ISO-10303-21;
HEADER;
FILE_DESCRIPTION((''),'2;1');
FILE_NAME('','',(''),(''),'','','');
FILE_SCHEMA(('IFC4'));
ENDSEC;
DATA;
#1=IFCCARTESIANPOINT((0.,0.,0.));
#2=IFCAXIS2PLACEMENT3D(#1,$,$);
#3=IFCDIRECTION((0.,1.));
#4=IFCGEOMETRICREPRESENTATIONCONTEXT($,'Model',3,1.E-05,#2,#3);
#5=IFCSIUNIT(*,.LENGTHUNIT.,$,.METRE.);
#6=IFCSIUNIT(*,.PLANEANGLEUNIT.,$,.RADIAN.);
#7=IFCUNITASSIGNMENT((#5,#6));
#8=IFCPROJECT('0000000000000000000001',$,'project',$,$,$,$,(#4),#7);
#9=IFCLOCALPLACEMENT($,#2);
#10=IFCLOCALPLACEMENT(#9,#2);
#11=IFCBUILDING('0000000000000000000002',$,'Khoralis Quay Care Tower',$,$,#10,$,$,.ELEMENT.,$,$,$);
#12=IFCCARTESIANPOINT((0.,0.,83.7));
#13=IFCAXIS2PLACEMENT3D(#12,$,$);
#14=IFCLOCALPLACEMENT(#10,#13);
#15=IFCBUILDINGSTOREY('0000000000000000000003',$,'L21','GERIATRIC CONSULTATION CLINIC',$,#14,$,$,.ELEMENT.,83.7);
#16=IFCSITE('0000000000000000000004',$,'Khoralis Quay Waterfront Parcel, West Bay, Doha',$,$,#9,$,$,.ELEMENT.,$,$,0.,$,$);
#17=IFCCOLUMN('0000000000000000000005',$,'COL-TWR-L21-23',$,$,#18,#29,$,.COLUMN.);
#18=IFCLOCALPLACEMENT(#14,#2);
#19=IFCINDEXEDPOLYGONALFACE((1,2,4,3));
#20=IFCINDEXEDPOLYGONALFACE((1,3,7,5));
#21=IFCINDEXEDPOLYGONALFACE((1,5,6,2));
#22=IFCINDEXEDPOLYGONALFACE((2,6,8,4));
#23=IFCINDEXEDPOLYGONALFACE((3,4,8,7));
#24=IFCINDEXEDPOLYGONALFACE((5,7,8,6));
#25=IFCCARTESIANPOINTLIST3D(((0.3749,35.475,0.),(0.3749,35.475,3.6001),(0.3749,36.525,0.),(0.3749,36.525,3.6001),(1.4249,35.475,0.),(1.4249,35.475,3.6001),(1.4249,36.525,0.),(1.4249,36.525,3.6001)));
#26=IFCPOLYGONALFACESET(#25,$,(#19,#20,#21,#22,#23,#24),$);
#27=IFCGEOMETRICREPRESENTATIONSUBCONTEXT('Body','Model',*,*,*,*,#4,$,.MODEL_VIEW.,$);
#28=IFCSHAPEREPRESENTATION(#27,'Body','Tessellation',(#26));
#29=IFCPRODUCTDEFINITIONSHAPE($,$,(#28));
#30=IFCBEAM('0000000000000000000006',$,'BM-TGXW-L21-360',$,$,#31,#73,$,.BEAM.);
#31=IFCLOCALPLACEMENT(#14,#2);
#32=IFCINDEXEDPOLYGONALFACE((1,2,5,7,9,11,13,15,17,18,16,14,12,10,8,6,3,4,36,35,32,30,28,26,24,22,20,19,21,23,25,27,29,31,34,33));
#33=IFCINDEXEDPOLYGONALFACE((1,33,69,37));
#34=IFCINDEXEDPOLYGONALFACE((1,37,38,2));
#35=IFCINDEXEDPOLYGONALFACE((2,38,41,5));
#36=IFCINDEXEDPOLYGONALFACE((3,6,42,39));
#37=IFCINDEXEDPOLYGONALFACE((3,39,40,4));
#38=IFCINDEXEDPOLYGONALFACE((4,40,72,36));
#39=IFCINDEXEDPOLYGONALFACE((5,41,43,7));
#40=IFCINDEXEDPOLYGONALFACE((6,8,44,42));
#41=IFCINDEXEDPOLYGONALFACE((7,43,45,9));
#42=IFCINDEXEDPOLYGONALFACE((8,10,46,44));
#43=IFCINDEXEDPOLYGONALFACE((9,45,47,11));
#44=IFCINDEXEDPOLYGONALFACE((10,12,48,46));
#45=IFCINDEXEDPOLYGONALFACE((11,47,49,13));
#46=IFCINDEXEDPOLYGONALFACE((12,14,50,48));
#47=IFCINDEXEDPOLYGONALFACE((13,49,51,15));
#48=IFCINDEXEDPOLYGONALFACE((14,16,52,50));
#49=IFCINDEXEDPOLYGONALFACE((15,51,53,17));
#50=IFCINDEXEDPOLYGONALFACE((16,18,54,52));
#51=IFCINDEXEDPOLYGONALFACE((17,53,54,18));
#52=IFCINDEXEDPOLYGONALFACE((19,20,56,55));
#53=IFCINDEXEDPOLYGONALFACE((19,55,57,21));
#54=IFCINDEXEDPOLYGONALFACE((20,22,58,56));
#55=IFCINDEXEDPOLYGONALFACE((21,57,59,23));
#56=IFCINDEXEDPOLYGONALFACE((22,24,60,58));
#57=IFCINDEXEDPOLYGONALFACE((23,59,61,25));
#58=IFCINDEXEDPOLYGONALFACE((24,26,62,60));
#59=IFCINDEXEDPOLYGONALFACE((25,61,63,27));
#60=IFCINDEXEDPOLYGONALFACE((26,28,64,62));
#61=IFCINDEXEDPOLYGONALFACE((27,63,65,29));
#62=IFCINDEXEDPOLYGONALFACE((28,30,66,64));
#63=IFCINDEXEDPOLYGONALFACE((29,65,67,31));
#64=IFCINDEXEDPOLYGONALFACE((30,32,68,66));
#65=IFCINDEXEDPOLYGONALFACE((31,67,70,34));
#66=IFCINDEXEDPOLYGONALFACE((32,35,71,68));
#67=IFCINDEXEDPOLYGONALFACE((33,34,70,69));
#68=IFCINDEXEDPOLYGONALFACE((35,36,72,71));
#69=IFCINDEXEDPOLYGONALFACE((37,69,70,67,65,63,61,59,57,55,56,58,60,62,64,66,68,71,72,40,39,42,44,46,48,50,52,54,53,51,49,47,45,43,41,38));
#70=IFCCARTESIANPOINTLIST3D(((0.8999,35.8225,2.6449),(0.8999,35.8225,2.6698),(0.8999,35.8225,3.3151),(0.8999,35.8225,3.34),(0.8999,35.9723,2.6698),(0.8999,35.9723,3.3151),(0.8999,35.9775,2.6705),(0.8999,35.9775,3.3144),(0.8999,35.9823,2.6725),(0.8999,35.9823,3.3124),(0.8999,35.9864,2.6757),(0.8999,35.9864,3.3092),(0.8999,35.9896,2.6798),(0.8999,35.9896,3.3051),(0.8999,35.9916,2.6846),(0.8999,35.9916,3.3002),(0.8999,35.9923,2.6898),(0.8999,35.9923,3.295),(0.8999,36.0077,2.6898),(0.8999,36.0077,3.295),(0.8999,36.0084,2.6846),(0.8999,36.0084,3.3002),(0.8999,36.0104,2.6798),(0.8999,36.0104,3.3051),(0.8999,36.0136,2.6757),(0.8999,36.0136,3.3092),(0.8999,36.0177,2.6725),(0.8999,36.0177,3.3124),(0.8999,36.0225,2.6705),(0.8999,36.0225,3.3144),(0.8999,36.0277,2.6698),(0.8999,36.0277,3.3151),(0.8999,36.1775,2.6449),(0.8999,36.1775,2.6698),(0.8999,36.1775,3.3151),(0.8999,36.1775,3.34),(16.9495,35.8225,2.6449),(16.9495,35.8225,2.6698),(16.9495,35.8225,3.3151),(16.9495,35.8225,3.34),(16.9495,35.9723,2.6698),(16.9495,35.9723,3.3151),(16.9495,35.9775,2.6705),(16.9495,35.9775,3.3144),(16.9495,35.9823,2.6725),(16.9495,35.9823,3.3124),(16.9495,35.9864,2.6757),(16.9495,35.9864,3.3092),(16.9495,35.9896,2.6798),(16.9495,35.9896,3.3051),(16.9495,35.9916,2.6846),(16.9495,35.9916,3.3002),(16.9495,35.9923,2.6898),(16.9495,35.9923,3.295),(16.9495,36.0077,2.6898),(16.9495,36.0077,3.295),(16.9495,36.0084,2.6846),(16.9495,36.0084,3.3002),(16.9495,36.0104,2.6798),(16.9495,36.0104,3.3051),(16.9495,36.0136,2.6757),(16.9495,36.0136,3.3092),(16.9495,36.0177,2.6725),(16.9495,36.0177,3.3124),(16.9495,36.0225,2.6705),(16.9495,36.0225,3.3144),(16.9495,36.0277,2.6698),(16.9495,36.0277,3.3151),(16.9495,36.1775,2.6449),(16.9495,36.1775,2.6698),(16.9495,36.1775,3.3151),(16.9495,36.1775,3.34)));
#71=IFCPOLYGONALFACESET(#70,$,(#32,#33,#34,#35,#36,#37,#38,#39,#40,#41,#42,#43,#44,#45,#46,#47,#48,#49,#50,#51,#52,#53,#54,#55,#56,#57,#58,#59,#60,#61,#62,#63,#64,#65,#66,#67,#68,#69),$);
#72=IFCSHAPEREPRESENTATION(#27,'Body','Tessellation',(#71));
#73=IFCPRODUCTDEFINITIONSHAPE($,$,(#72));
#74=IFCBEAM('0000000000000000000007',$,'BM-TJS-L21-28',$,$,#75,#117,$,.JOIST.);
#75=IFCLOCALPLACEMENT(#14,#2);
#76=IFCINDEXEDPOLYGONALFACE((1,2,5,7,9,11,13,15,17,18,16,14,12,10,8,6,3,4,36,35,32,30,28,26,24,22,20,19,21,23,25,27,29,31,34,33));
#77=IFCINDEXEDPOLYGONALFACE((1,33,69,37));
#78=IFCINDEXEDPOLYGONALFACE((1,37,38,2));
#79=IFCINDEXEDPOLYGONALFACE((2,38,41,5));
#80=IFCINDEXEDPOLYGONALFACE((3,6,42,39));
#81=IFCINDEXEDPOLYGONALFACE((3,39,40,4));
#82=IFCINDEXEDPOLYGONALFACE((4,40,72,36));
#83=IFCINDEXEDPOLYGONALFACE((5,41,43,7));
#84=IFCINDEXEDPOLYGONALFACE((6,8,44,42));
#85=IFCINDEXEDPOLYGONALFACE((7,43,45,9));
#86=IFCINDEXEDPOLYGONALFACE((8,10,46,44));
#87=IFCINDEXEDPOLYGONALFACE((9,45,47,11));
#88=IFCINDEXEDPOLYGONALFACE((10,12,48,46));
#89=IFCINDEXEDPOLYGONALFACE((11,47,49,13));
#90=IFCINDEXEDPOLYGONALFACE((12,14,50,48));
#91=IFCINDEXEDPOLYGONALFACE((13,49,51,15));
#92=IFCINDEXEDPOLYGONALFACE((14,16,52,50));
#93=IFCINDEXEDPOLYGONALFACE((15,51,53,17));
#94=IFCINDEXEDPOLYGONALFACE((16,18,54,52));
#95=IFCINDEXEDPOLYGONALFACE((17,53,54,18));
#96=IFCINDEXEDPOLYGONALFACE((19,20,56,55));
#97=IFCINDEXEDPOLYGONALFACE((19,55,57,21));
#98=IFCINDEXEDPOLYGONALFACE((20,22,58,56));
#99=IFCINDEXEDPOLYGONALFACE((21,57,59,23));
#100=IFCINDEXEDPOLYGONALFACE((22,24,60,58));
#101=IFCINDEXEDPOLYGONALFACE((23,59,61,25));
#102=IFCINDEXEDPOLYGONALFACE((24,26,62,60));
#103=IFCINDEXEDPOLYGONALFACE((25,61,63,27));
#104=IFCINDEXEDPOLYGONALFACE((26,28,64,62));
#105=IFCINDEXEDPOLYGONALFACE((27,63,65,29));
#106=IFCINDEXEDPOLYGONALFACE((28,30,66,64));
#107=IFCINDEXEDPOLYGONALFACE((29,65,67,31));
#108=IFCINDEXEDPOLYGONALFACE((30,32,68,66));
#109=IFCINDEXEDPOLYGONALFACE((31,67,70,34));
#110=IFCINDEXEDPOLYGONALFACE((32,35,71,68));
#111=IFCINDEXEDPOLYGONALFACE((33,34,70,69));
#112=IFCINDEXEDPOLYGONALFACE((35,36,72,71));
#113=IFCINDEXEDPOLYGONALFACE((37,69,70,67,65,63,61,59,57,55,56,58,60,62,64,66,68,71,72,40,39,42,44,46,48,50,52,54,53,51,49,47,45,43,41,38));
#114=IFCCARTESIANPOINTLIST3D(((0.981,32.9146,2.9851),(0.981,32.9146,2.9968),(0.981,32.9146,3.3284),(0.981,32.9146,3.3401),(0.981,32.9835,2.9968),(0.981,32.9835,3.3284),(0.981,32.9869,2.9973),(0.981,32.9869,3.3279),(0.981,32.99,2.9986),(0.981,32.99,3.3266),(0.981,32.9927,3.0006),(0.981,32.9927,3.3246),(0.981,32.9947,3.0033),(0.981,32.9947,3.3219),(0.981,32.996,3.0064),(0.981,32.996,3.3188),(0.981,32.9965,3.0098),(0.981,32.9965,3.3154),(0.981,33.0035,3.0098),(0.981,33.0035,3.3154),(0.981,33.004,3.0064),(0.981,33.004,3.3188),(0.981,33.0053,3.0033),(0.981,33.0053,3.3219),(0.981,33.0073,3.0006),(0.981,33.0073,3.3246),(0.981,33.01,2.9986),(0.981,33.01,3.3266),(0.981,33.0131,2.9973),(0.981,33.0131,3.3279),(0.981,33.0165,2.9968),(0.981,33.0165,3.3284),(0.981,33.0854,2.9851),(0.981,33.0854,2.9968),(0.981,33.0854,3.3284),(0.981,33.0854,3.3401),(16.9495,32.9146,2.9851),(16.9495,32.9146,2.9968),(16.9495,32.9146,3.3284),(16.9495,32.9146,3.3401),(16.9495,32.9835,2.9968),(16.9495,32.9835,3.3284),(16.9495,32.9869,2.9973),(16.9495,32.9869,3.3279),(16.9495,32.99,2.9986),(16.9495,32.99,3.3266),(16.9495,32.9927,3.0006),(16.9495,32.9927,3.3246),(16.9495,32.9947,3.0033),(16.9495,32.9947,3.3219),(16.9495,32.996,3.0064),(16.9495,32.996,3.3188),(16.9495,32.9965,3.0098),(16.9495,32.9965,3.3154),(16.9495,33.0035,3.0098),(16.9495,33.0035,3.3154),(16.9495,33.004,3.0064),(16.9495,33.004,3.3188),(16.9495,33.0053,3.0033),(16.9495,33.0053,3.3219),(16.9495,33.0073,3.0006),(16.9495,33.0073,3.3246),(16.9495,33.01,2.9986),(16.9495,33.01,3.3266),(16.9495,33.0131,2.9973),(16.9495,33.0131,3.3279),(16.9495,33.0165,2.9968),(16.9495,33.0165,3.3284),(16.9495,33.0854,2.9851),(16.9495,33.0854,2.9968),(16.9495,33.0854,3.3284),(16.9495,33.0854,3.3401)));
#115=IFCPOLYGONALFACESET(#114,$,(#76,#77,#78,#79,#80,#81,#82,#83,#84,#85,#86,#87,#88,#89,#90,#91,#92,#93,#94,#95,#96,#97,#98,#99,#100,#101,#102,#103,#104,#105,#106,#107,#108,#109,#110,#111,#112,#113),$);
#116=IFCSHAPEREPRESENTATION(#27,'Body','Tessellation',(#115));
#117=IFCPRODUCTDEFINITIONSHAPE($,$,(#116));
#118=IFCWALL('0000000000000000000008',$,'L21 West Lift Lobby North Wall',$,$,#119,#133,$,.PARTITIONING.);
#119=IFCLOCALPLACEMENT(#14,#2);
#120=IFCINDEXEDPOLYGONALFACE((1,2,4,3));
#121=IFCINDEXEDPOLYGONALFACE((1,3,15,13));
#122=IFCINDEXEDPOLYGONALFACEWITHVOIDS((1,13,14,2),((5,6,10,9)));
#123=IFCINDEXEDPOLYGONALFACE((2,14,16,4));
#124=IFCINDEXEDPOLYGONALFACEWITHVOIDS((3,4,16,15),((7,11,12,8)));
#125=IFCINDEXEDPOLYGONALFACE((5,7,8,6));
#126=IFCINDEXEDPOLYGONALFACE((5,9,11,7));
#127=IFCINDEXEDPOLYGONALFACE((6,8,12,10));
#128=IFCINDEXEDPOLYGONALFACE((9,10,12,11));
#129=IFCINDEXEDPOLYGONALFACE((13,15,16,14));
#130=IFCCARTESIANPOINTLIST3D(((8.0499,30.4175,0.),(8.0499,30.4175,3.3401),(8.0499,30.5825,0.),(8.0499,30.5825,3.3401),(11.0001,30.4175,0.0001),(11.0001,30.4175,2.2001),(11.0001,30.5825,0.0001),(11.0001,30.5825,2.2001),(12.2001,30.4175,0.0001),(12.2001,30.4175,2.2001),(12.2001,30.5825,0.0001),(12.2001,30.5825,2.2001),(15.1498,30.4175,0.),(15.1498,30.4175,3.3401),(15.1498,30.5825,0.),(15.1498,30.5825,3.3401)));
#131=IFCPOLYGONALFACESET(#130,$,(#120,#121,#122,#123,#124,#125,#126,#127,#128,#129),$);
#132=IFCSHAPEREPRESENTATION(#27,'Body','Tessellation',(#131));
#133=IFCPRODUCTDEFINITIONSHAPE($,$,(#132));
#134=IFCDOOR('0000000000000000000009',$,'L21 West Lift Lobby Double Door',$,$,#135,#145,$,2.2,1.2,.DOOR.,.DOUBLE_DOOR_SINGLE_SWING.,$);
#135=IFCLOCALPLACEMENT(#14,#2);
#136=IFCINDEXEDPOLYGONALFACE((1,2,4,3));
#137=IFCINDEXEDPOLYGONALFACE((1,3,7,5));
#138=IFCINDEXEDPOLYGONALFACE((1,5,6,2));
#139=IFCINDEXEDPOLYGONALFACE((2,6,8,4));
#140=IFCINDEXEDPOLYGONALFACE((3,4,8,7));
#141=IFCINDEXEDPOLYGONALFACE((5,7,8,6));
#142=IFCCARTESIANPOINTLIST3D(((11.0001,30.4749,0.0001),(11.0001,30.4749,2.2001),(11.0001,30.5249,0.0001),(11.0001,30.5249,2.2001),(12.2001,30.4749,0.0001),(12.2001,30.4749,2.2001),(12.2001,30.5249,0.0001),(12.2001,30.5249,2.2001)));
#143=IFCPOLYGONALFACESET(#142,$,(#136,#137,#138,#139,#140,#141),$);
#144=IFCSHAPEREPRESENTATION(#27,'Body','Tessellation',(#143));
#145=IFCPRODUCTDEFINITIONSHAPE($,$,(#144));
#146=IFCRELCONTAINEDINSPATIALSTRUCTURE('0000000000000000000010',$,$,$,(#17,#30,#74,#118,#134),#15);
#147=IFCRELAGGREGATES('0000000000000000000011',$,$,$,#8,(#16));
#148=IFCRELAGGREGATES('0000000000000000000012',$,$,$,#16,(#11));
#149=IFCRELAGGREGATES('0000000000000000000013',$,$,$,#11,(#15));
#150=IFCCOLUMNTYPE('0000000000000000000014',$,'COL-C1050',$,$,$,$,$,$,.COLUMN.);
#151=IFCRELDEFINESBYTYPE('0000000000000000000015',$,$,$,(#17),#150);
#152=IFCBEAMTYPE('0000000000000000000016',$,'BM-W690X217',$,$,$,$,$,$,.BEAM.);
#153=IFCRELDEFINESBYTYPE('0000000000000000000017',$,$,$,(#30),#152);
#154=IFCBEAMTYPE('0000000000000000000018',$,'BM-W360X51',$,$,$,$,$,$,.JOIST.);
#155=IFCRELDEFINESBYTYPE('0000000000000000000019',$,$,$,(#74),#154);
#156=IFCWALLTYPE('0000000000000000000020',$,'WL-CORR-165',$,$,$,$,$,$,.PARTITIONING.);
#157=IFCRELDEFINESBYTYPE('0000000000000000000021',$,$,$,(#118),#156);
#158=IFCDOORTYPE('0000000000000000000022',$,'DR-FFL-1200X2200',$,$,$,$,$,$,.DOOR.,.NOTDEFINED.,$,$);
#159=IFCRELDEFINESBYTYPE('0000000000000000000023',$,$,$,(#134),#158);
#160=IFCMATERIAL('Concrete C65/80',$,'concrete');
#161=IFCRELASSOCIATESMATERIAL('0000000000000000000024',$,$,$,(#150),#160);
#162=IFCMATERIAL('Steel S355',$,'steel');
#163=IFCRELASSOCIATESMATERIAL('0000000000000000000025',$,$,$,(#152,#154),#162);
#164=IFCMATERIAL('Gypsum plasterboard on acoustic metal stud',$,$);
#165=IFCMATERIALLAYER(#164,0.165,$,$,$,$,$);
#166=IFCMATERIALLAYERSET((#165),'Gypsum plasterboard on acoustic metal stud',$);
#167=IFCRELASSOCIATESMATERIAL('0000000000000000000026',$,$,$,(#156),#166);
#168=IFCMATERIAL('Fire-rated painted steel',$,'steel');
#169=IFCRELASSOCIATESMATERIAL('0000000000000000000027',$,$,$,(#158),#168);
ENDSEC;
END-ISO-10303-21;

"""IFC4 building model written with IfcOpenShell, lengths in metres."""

from ifc_helpers import new_model, si_unit, direction, frame, frame_2d, origin, origin_2d, place, context, subcontext, project, spatial, rectangle, i_section, extrude, source, transform, mapped, material, layer, layer_set, material_profile, profile_set, type_object, element, fill, save


model = new_model("IFC4")

# Units and contexts
model_context = context("Model", 3, precision=1e-05, world=origin(), true_north=direction((0.0, 1.0)))
body_context = subcontext(model_context, "Body", "Model", "MODEL_VIEW")
ifc_project = project(units=[si_unit("LENGTHUNIT", "METRE"), si_unit("PLANEANGLEUNIT", "RADIAN")], contexts=[model_context])

# Site, building, storey
site_placement = place(None, origin())
site = spatial("IfcSite", under=ifc_project, at=site_placement, Name="Khoralis Quay Waterfront Parcel, West Bay, Doha", CompositionType="ELEMENT", RefElevation=0.0)
building_placement = place(site_placement, origin())
building = spatial("IfcBuilding", under=site, at=building_placement, Name="Khoralis Quay Care Tower", CompositionType="ELEMENT")
storey_placement = place(building_placement, frame((0.0, 0.0, 83.7)))
storey = spatial("IfcBuildingStorey", under=building, at=storey_placement, Name="L21", Description="GERIATRIC CONSULTATION CLINIC", CompositionType="ELEMENT", Elevation=83.7)

# Column
ifc_material_1 = material(Name="Concrete C65/80", Category="concrete")
ifc_material_profile_1 = material_profile(ifc_material_1, rectangle(XDim=1.05, YDim=1.05, at=origin_2d()), Name="Concrete C65/80")
ifc_profile_set_1 = profile_set([ifc_material_profile_1], Name="Concrete C65/80")
column_type = type_object("IfcColumnType", Name="COL-C1050", PredefinedType="COLUMN", material=ifc_profile_set_1)
shared_shape_1 = source(origin(), body_context, "Body", "SweptSolid", [
    extrude(rectangle(XDim=1.05, YDim=1.05, at=origin_2d()), origin(), (0.0, 0.0, 1.0), 3.6001),
])
column_placement = place(storey_placement, frame((0.8999, 36.0, 0.0), z_axis=(0.0, 0.0, 1.0), x_axis=(1.0, 0.0, 0.0)))
element("IfcColumn", 1, at=column_placement, inside=storey, type_object=column_type, Name="COL-TWR-L21-23", PredefinedType="COLUMN", context=body_context, shape_type="MappedRepresentation", body=[
    mapped(shared_shape_1, transform((0.0, 0.0, 0.0), scale=1.0)),
])

# Beams
ifc_material_2 = material(Name="Steel S355", Category="steel")
ifc_material_profile_2 = material_profile(ifc_material_2, i_section(OverallWidth=0.355, OverallDepth=0.6951, WebThickness=0.0154, FlangeThickness=0.0249, FilletRadius=0.02, at=origin_2d()), Name="Steel S355")
ifc_profile_set_2 = profile_set([ifc_material_profile_2], Name="Steel S355")
beam_type_1 = type_object("IfcBeamType", Name="BM-W690X217", PredefinedType="BEAM", material=ifc_profile_set_2)
shared_shape_2 = source(origin(), body_context, "Body", "SweptSolid", [
    extrude(i_section(OverallWidth=0.355, OverallDepth=0.6951, WebThickness=0.0154, FlangeThickness=0.0249, FilletRadius=0.02, at=origin_2d()), origin(), (0.0, 0.0, 1.0), 16.0496),
])
beam_1_placement = place(storey_placement, frame((0.8999, 36.0, 2.9924), z_axis=(1.0, 0.0, 0.0), x_axis=(0.0, 1.0, 0.0)))
element("IfcBeam", 2, at=beam_1_placement, inside=storey, type_object=beam_type_1, Name="BM-TGXW-L21-360", PredefinedType="BEAM", context=body_context, shape_type="MappedRepresentation", body=[
    mapped(shared_shape_2, transform((0.0, 0.0, 0.0), scale=1.0)),
])
ifc_material_profile_3 = material_profile(ifc_material_2, i_section(OverallWidth=0.1709, OverallDepth=0.355, WebThickness=0.0071, FlangeThickness=0.0117, FilletRadius=0.0129, at=origin_2d()), Name="Steel S355")
ifc_profile_set_3 = profile_set([ifc_material_profile_3], Name="Steel S355")
beam_type_2 = type_object("IfcBeamType", Name="BM-W360X51", PredefinedType="JOIST", material=ifc_profile_set_3)
shared_shape_3 = source(origin(), body_context, "Body", "SweptSolid", [
    extrude(i_section(OverallWidth=0.1709, OverallDepth=0.355, WebThickness=0.0071, FlangeThickness=0.0117, FilletRadius=0.0129, at=origin_2d()), origin(), (0.0, 0.0, 1.0), 15.9685),
])
beam_2_placement = place(storey_placement, frame((0.981, 33.0, 3.1626), z_axis=(1.0, 0.0, 0.0), x_axis=(0.0, 1.0, 0.0)))
element("IfcBeam", 3, at=beam_2_placement, inside=storey, type_object=beam_type_2, Name="BM-TJS-L21-28", PredefinedType="JOIST", context=body_context, shape_type="MappedRepresentation", body=[
    mapped(shared_shape_3, transform((0.0, 0.0, 0.0), scale=1.0)),
])

# Wall, opening, door
ifc_material_3 = material(Name="Gypsum plasterboard on acoustic metal stud")
ifc_layer_1 = layer(ifc_material_3, 0.165)
ifc_layer_set_1 = layer_set([ifc_layer_1], Name="Gypsum plasterboard on acoustic metal stud")
wall_type_1 = type_object("IfcWallType", Name="WL-CORR-165", PredefinedType="PARTITIONING", material=ifc_layer_set_1)
wall_1_placement = place(storey_placement, frame((8.05, 30.5, 0.0), z_axis=(0.0, 0.0, 1.0), x_axis=(1.0, 0.0, 0.0)))
wall_1 = element("IfcWall", 4, at=wall_1_placement, inside=storey, type_object=wall_type_1, Name="L21 West Lift Lobby North Wall", PredefinedType="PARTITIONING", context=body_context, shape_type="SweptSolid", body=[
    extrude(rectangle(XDim=7.0999, YDim=0.165, at=frame_2d((3.5498, 0.0))), origin(), (0.0, 0.0, 1.0), 3.3401),
])
opening_1_placement = place(wall_1_placement, frame((2.95, 0.0, 0.0)))
opening_1 = element("IfcOpeningElement", 5, at=opening_1_placement, cuts=wall_1, PredefinedType="OPENING", context=body_context, shape_type="SweptSolid", body=[
    extrude(rectangle(XDim=1.2, YDim=2.2, at=frame_2d((0.6001, 1.1001))), frame((0.0, 0.0925, 0.0), z_axis=(0.0, -1.0, 0.0), x_axis=(1.0, 0.0, 0.0)), (0.0, 0.0, 1.0), 0.1851),
])
ifc_material_4 = material(Name="Fire-rated painted steel", Category="steel")
door_type_1 = type_object("IfcDoorType", Name="DR-FFL-1200X2200", OperationType="NOTDEFINED", PredefinedType="DOOR", material=ifc_material_4)
shared_shape_4 = source(origin(), body_context, "Body", "SweptSolid", [
    extrude(rectangle(XDim=1.2, YDim=2.2, at=frame_2d((0.6001, 1.1001))), frame((0.0, 0.0249, 0.0), z_axis=(0.0, -1.0, 0.0), x_axis=(1.0, 0.0, 0.0)), (0.0, 0.0, 1.0), 0.05),
])
door_1_placement = place(opening_1_placement, origin())
door_1 = element("IfcDoor", 6, at=door_1_placement, inside=storey, type_object=door_type_1, Name="L21 West Lift Lobby Double Door", OperationType="DOUBLE_DOOR_SINGLE_SWING", OverallHeight=2.2, OverallWidth=1.2, PredefinedType="DOOR", context=body_context, shape_type="MappedRepresentation", body=[
    mapped(shared_shape_4, transform((0.0, 0.0, 0.0), scale=1.0)),
])
fill(opening_1, door_1)

save(model, "model.ifc")
